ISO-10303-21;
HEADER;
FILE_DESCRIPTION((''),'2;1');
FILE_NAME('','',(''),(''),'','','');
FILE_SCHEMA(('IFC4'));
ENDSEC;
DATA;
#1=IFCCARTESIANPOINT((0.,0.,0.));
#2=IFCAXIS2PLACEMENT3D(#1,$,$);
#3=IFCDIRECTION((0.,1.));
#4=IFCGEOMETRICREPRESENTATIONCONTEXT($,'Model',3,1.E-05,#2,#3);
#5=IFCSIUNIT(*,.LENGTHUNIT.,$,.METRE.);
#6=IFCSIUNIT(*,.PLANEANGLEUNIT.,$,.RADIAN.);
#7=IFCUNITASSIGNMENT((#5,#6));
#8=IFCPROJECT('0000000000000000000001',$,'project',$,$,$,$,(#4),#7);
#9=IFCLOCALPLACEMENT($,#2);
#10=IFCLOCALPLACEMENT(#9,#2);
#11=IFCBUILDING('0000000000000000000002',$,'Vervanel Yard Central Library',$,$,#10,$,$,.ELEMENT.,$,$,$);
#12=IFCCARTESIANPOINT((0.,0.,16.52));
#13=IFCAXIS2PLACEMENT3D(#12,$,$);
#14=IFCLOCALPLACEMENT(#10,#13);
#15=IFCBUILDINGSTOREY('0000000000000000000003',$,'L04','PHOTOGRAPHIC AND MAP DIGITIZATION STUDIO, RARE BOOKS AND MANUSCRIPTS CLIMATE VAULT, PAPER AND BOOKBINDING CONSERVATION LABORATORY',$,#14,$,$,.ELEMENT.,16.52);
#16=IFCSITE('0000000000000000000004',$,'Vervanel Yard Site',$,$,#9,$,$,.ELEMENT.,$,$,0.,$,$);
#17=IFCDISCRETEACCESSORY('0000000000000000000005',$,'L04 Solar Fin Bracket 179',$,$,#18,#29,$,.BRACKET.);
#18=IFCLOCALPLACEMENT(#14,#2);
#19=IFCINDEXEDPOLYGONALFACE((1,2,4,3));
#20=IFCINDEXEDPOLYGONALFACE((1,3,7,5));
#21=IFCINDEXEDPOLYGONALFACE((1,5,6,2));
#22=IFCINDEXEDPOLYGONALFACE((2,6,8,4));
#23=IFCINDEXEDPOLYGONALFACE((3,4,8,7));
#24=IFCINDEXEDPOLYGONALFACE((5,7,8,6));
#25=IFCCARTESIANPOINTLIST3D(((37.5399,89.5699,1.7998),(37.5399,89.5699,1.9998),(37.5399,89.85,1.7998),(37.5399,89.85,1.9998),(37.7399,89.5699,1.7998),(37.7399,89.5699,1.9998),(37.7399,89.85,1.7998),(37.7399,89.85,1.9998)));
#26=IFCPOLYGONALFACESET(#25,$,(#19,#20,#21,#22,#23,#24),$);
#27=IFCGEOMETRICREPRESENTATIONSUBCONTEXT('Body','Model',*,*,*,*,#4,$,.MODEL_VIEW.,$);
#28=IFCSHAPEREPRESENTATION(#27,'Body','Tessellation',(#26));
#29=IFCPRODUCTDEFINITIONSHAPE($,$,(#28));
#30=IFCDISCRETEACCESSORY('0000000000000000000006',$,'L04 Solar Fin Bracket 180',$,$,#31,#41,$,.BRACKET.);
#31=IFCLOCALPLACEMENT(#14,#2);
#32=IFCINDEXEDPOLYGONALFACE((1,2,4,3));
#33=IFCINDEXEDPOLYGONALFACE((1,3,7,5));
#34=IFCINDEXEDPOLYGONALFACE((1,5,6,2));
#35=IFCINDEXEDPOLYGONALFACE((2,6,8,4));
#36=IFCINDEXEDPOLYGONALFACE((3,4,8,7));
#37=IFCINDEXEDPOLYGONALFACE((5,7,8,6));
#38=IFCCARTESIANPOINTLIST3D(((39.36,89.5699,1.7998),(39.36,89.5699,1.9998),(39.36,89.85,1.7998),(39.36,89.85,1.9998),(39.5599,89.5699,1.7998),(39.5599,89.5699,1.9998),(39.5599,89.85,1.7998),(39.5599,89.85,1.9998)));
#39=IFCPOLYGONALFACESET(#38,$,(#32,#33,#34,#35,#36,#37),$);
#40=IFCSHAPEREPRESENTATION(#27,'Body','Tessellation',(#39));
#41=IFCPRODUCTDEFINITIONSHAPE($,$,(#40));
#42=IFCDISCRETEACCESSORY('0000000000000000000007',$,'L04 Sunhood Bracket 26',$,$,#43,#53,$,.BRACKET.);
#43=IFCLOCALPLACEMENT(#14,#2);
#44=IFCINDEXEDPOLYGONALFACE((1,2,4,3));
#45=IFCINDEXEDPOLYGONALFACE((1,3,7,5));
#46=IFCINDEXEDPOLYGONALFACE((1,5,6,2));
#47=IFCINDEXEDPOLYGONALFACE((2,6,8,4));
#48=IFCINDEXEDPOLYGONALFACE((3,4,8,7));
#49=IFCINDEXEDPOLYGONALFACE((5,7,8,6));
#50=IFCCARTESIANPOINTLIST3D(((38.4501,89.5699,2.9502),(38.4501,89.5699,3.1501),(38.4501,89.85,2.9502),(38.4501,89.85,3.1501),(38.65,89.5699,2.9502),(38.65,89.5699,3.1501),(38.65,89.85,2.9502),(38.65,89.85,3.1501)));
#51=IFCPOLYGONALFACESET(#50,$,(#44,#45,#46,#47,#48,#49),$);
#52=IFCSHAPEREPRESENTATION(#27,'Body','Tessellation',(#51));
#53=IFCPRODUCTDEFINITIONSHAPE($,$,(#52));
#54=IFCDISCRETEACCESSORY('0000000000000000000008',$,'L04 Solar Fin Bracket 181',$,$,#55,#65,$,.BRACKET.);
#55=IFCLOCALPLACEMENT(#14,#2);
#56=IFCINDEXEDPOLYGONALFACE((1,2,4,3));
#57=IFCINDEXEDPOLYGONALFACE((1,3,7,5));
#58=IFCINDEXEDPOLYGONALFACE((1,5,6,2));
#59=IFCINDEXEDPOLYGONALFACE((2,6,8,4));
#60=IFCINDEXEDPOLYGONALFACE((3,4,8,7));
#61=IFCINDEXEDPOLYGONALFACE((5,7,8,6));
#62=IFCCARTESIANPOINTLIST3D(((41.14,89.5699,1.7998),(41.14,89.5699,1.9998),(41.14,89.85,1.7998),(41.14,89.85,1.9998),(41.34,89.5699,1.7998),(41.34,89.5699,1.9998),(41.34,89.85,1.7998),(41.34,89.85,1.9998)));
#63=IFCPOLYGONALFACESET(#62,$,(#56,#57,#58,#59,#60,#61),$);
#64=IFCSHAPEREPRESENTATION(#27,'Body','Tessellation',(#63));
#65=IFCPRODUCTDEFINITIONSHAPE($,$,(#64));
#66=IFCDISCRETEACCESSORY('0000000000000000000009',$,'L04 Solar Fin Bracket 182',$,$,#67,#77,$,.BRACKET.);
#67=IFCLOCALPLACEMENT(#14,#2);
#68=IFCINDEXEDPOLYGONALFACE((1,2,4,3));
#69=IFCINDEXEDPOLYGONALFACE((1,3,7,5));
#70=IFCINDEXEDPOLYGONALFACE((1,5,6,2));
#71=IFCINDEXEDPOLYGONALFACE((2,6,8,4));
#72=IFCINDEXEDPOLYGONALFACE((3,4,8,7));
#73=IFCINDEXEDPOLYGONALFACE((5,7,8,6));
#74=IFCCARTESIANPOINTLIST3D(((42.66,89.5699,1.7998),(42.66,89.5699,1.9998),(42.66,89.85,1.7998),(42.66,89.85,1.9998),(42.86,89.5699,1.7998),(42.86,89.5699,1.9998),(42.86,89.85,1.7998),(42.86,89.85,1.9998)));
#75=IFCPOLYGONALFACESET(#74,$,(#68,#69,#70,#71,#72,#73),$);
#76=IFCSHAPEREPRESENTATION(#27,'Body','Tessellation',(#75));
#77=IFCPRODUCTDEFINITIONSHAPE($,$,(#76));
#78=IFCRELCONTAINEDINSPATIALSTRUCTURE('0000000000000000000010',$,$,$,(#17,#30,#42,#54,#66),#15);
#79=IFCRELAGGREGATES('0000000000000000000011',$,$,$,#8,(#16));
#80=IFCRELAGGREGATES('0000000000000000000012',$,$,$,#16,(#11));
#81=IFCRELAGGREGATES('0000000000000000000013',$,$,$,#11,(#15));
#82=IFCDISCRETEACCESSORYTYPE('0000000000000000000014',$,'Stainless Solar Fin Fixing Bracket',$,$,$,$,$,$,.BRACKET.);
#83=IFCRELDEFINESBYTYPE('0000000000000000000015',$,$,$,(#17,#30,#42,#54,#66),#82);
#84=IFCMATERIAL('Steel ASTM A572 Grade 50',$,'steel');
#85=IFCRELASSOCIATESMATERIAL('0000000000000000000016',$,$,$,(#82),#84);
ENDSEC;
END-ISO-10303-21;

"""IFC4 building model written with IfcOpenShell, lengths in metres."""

from ifc_helpers import new_model, si_unit, direction, frame, origin, origin_2d, place, context, subcontext, project, spatial, rectangle, extrude, material, type_object, element, save


model = new_model("IFC4")

# Units and contexts
model_context = context("Model", 3, precision=1e-05, world=origin(), true_north=direction((0.0, 1.0)))
body_context = subcontext(model_context, "Body", "Model", "MODEL_VIEW")
ifc_project = project(units=[si_unit("LENGTHUNIT", "METRE"), si_unit("PLANEANGLEUNIT", "RADIAN")], contexts=[model_context])

# Site, building, storey
site_placement = place(None, origin())
site = spatial("IfcSite", under=ifc_project, at=site_placement, Name="Vervanel Yard Site", CompositionType="ELEMENT", RefElevation=0.0)
building_placement = place(site_placement, origin())
building = spatial("IfcBuilding", under=site, at=building_placement, Name="Vervanel Yard Central Library", CompositionType="ELEMENT")
storey_placement = place(building_placement, frame((0.0, 0.0, 16.52)))
storey = spatial("IfcBuildingStorey", under=building, at=storey_placement, Name="L04", Description="PHOTOGRAPHIC AND MAP DIGITIZATION STUDIO, RARE BOOKS AND MANUSCRIPTS CLIMATE VAULT, PAPER AND BOOKBINDING CONSERVATION LABORATORY", CompositionType="ELEMENT", Elevation=16.52)

# Discrete accessories
ifc_material_1 = material(Name="Steel ASTM A572 Grade 50", Category="steel")
discrete_accessory_type = type_object("IfcDiscreteAccessoryType", Name="Stainless Solar Fin Fixing Bracket", PredefinedType="BRACKET", material=ifc_material_1)
for number, where, z_axis, x_axis, name in (
    (1, (37.6399, 89.71, 1.7998), (0.0, 0.0, 1.0), (1.0, 0.0, 0.0), "L04 Solar Fin Bracket 179"),
    (2, (39.46, 89.71, 1.7998), (0.0, 0.0, 1.0), (1.0, 0.0, 0.0), "L04 Solar Fin Bracket 180"),
    (3, (38.55, 89.71, 2.9502), (0.0, 0.0, 1.0), (1.0, 0.0, 0.0), "L04 Sunhood Bracket 26"),
    (4, (41.24, 89.71, 1.7998), (0.0, 0.0, 1.0), (1.0, 0.0, 0.0), "L04 Solar Fin Bracket 181"),
    (5, (42.76, 89.71, 1.7998), (0.0, 0.0, 1.0), (1.0, 0.0, 0.0), "L04 Solar Fin Bracket 182"),
):
    element("IfcDiscreteAccessory", number, at=place(storey_placement, frame(where, z_axis=z_axis, x_axis=x_axis)), inside=storey, type_object=discrete_accessory_type, Name=name, PredefinedType="BRACKET", context=body_context, shape_type="SweptSolid", body=[
        extrude(rectangle(XDim=0.2, YDim=0.28, at=origin_2d()), origin(), (0.0, 0.0, 1.0), 0.2),
    ])

save(model, "model.ifc")
